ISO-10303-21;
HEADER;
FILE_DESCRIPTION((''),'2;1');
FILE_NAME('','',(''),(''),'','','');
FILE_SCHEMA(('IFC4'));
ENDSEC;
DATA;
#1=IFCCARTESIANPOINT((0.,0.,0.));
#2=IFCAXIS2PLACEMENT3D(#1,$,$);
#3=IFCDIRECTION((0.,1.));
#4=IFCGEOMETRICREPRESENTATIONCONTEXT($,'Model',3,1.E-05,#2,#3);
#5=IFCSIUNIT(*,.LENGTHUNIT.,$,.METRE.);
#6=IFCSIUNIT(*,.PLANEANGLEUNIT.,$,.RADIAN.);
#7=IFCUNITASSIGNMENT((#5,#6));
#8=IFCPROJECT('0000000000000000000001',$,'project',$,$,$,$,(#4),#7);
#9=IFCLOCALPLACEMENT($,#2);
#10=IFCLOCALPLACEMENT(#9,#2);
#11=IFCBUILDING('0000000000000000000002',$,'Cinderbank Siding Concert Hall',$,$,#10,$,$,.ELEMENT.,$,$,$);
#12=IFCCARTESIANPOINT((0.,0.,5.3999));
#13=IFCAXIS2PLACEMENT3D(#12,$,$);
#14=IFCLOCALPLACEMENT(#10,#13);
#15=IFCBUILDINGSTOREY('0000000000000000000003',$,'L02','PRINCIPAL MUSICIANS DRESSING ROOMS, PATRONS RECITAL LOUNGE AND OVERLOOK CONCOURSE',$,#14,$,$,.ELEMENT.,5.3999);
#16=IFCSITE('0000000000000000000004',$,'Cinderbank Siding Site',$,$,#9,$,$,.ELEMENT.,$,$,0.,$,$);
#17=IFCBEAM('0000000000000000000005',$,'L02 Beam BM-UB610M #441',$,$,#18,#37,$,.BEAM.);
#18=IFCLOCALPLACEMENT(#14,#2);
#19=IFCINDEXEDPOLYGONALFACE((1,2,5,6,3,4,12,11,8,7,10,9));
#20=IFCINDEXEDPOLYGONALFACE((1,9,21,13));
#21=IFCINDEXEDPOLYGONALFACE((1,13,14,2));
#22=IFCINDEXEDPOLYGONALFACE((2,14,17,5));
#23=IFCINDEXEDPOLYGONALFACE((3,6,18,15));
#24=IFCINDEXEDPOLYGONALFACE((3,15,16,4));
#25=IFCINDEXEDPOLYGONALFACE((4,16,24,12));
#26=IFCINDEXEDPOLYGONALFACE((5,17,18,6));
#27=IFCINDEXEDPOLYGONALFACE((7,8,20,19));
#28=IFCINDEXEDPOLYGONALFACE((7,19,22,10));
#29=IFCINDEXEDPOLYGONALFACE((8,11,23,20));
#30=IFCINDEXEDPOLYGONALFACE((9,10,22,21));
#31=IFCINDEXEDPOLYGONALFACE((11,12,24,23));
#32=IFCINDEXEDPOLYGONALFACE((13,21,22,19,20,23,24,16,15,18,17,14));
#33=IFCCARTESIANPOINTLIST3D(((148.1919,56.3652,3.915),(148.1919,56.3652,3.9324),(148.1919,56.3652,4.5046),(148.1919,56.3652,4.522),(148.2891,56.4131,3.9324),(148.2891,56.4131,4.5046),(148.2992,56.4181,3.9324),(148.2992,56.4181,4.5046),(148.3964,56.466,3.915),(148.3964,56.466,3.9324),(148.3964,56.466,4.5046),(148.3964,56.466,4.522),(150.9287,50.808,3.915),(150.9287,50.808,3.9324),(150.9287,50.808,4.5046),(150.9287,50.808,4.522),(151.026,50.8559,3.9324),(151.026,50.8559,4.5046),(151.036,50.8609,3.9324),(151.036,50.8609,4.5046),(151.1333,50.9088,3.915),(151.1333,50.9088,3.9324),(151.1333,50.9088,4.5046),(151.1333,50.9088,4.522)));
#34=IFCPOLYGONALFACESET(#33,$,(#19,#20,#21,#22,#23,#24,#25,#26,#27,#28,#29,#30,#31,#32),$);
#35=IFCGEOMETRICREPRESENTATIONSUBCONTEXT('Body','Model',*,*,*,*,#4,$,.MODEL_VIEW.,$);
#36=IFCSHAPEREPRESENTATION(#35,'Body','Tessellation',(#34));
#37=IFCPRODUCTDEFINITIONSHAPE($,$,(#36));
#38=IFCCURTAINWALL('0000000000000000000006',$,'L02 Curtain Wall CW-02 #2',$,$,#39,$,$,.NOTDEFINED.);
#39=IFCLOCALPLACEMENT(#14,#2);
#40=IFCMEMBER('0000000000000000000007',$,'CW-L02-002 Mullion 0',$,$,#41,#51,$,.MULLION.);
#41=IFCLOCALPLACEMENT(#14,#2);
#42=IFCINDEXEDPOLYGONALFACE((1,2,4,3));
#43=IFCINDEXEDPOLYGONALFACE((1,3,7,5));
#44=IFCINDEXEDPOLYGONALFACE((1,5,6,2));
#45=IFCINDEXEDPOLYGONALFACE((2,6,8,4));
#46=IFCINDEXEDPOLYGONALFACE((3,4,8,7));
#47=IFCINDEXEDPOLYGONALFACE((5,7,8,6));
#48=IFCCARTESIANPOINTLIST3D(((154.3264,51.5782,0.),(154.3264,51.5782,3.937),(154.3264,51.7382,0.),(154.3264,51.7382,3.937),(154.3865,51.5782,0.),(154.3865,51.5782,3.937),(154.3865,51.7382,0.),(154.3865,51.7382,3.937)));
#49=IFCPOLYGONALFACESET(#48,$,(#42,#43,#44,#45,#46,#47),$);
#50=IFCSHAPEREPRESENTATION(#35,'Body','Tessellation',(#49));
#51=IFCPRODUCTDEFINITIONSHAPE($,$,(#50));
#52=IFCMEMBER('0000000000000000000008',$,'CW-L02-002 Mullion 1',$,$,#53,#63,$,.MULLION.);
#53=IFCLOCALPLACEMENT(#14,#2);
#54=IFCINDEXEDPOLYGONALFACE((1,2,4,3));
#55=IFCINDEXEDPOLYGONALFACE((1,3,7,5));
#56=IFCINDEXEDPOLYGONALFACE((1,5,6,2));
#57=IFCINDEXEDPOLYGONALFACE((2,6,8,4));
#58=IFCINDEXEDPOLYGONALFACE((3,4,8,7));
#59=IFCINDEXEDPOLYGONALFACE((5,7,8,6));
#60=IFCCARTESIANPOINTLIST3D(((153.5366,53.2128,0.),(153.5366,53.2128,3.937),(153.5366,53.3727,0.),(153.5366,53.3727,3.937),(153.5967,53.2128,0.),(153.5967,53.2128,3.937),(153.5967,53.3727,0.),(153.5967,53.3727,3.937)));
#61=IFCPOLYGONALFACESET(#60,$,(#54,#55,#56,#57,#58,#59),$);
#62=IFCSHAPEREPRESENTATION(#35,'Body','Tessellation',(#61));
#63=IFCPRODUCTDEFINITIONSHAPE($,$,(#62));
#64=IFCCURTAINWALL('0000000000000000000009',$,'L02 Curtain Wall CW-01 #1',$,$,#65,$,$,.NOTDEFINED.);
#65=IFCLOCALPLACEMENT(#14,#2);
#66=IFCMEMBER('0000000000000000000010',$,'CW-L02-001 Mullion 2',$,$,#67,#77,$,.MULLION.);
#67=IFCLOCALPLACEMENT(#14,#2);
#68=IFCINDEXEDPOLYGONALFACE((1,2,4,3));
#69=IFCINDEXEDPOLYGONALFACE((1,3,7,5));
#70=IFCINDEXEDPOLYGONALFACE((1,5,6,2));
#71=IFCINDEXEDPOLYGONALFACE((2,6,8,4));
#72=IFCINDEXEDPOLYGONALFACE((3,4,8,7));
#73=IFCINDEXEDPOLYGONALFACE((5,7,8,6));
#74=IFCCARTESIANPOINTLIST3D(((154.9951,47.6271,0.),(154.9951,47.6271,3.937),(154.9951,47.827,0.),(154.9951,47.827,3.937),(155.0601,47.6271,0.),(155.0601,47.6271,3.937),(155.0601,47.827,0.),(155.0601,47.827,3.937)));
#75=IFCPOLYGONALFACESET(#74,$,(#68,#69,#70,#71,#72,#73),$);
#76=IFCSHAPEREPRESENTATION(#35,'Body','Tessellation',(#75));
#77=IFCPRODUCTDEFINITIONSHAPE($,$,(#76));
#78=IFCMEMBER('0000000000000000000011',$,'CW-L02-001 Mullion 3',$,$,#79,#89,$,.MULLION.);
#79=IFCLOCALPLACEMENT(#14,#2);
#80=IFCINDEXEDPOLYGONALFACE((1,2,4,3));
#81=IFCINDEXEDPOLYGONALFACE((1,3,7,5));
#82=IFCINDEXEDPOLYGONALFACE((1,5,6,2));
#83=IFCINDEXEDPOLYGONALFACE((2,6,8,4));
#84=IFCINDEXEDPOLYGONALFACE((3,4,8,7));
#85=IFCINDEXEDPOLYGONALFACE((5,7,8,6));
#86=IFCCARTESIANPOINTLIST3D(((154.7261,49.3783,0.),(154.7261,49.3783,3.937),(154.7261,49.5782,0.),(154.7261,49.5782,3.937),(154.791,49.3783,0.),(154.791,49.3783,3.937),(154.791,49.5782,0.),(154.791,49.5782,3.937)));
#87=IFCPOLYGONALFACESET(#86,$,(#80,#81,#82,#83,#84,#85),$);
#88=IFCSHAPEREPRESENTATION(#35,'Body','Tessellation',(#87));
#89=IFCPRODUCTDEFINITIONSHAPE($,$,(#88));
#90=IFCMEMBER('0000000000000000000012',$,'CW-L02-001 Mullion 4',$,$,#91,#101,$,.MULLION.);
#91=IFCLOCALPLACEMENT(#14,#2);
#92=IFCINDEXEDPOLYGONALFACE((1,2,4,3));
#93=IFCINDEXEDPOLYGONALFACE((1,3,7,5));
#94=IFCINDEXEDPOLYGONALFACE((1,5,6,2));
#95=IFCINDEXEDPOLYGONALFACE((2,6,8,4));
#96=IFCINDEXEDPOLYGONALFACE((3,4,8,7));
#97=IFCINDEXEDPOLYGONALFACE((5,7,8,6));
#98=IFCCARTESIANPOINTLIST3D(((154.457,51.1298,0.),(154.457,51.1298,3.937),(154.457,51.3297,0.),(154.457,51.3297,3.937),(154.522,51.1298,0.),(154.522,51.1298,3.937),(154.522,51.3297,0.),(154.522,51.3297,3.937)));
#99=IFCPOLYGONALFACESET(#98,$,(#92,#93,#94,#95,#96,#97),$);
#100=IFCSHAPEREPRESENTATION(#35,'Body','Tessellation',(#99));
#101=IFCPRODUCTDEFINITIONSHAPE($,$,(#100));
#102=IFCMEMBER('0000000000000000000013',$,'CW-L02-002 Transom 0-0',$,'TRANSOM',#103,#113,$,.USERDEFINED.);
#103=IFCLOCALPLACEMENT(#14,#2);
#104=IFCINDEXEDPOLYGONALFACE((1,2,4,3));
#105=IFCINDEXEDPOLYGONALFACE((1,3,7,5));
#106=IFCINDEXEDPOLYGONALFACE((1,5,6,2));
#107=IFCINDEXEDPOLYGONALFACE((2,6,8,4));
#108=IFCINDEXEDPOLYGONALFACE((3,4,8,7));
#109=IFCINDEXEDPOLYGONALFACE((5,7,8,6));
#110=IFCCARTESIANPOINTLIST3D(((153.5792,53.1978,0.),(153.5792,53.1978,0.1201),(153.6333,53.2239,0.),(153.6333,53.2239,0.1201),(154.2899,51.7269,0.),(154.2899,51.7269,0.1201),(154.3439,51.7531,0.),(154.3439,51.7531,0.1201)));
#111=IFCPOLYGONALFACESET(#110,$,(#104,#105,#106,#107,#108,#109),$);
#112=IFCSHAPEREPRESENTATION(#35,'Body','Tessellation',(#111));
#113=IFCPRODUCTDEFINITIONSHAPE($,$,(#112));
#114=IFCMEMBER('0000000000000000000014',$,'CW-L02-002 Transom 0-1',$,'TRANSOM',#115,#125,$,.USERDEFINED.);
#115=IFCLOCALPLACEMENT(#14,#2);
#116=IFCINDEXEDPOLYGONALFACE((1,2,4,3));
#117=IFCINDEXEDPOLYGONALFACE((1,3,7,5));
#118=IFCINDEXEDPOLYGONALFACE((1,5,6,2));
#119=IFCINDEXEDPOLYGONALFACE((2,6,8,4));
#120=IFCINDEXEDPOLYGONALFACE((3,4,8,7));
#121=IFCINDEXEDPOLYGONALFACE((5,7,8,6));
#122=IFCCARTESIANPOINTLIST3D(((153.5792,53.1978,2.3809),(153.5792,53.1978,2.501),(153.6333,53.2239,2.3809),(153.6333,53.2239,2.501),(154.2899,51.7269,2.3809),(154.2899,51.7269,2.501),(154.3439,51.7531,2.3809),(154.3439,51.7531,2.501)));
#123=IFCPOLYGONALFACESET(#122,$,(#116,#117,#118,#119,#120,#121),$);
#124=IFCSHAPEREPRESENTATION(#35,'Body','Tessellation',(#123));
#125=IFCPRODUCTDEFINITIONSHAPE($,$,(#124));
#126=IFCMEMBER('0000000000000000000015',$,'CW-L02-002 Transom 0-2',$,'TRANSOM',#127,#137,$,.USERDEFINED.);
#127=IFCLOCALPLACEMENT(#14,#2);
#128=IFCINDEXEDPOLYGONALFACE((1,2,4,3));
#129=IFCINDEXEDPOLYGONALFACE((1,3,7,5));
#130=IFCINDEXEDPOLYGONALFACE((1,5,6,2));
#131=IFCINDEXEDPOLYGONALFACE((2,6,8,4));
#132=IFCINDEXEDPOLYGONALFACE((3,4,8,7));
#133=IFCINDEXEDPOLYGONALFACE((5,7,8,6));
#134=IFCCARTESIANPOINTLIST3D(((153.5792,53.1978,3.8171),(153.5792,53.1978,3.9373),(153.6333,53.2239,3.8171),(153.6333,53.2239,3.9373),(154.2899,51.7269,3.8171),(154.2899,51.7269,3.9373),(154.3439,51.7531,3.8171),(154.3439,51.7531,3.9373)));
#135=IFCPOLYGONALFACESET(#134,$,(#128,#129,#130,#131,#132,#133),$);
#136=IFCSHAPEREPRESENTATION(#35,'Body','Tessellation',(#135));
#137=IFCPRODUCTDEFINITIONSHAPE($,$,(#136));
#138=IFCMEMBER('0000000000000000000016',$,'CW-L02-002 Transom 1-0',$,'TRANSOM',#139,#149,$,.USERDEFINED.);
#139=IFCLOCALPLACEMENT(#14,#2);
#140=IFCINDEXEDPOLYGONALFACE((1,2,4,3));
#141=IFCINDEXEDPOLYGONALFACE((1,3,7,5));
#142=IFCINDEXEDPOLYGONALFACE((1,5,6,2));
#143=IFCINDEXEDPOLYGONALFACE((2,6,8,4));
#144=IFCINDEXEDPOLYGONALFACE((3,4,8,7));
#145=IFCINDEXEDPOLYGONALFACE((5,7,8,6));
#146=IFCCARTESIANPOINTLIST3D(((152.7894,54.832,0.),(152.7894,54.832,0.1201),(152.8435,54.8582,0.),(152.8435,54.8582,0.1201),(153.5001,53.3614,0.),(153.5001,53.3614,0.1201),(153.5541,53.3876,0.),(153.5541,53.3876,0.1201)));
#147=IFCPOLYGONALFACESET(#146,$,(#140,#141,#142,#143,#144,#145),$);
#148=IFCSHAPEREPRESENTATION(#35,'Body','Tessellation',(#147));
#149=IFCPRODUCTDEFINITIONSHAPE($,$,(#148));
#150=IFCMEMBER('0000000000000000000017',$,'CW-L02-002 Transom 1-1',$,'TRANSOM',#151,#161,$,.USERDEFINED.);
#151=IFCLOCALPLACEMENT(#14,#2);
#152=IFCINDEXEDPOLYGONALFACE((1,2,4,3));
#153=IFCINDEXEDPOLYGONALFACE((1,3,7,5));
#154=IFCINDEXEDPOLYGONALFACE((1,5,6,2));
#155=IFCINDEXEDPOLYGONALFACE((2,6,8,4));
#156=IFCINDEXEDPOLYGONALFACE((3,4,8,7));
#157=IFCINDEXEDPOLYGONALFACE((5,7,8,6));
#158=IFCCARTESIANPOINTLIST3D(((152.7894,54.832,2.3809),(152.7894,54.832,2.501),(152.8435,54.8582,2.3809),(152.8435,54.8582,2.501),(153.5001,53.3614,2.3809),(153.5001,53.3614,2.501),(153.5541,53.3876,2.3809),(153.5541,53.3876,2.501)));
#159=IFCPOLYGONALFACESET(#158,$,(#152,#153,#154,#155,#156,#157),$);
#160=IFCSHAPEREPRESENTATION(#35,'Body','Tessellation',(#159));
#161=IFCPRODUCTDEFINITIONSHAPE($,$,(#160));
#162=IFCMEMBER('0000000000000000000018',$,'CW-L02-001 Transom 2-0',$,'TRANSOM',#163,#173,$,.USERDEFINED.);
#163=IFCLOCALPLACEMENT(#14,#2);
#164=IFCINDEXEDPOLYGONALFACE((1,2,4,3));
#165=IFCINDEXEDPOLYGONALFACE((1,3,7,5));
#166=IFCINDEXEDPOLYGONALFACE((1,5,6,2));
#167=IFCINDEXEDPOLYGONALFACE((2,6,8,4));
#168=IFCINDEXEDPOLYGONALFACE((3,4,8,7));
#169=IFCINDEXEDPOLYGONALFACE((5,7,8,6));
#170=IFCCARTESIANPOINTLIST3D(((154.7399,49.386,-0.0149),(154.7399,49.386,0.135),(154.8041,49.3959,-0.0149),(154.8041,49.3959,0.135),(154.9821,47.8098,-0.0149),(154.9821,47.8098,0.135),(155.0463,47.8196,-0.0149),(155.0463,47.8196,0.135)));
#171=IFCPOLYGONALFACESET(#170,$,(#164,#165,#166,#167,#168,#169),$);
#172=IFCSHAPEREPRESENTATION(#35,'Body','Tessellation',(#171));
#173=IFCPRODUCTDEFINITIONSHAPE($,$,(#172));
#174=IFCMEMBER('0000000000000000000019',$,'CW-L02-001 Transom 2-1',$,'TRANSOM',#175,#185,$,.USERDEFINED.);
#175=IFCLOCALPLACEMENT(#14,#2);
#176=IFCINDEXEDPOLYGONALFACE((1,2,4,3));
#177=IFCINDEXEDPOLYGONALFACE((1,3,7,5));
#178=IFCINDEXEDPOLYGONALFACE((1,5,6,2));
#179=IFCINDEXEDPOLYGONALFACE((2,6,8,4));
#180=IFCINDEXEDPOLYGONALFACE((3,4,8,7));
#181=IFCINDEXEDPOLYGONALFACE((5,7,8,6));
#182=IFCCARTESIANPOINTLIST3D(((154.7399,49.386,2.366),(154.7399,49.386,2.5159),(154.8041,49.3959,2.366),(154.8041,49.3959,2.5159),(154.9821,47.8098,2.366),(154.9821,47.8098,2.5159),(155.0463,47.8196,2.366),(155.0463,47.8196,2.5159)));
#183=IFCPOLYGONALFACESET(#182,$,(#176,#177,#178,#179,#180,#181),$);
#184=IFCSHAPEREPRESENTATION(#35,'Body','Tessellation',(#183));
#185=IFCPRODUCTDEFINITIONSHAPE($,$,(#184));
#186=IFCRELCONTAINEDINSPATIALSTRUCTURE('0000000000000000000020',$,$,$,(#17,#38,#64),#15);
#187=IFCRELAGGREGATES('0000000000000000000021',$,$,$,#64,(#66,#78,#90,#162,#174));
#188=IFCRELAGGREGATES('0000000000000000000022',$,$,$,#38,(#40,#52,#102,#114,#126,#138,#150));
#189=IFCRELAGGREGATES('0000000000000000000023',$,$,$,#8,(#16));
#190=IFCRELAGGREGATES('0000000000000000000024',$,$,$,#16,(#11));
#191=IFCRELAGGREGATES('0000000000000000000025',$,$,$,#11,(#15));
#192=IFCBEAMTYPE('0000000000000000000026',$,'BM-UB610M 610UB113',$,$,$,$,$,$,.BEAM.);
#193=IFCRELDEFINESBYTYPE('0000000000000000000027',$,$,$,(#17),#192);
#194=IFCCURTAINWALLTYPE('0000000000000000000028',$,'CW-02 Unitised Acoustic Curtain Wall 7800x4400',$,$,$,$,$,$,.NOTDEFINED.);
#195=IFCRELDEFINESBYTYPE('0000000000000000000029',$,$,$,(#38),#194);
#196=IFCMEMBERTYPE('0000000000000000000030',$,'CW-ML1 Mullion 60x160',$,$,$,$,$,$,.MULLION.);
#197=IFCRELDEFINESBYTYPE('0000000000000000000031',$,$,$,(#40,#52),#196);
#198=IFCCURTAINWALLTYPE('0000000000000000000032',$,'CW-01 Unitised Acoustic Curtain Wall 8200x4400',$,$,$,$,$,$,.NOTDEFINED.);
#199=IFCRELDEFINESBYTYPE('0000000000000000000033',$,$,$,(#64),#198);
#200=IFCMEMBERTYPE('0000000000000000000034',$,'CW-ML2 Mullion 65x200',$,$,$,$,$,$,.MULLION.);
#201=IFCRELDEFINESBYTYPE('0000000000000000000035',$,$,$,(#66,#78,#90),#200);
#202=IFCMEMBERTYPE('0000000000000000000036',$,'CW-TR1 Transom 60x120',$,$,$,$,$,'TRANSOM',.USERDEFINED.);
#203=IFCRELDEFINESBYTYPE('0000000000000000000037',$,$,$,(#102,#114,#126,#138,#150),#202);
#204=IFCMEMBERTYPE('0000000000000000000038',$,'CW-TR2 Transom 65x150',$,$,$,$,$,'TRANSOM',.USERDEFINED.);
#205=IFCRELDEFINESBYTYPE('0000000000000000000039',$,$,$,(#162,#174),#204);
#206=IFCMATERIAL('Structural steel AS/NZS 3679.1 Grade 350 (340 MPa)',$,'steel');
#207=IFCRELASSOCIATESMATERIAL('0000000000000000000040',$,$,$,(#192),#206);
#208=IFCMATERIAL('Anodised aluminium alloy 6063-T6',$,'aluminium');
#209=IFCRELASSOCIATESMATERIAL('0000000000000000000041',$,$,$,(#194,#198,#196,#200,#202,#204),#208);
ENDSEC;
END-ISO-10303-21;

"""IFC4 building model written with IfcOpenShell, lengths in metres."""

from ifc_helpers import new_model, si_unit, direction, frame, origin, origin_2d, place, context, subcontext, project, spatial, rectangle, i_section, extrude, material, material_profile, profile_set, type_object, element, aggregate, save


model = new_model("IFC4")

# Units and contexts
model_context = context("Model", 3, precision=1e-05, world=origin(), true_north=direction((0.0, 1.0)))
body_context = subcontext(model_context, "Body", "Model", "MODEL_VIEW")
ifc_project = project(units=[si_unit("LENGTHUNIT", "METRE"), si_unit("PLANEANGLEUNIT", "RADIAN")], contexts=[model_context])

# Site, building, storey
site_placement = place(None, origin())
site = spatial("IfcSite", under=ifc_project, at=site_placement, Name="Cinderbank Siding Site", CompositionType="ELEMENT", RefElevation=0.0)
building_placement = place(site_placement, origin())
building = spatial("IfcBuilding", under=site, at=building_placement, Name="Cinderbank Siding Concert Hall", CompositionType="ELEMENT")
storey_placement = place(building_placement, frame((0.0, 0.0, 5.3999)))
storey = spatial("IfcBuildingStorey", under=building, at=storey_placement, Name="L02", Description="PRINCIPAL MUSICIANS DRESSING ROOMS, PATRONS RECITAL LOUNGE AND OVERLOOK CONCOURSE", CompositionType="ELEMENT", Elevation=5.3999)

# Beam
ifc_material_1 = material(Name="Structural steel AS/NZS 3679.1 Grade 350 (340 MPa)", Category="steel")
ifc_material_profile_1 = material_profile(ifc_material_1, i_section(OverallWidth=0.228, OverallDepth=0.6069, WebThickness=0.0112, FlangeThickness=0.0173, at=origin_2d()), Name="610UB113", Category="LoadBearing")
ifc_profile_set_1 = profile_set([ifc_material_profile_1], Name="Structural steel AS/NZS 3679.1 Grade 350 (340 MPa)")
beam_type_1 = type_object("IfcBeamType", Name="BM-UB610M 610UB113", PredefinedType="BEAM", material=ifc_profile_set_1)
beam_1_placement = place(storey_placement, frame((151.031, 50.8584, 4.2185), z_axis=(-0.441814, 0.897107, 0.0), x_axis=(-0.897107, -0.441814, 0.0)))
element("IfcBeam", 1, at=beam_1_placement, inside=storey, type_object=beam_type_1, Name="L02 Beam BM-UB610M #441", PredefinedType="BEAM", context=body_context, shape_type="SweptSolid", body=[
    extrude(i_section(OverallWidth=0.228, OverallDepth=0.6069, WebThickness=0.0112, FlangeThickness=0.0173, at=origin_2d()), origin(), (0.0, 0.0, 1.0), 6.1946),
])

# Curtain walls, members
ifc_material_2 = material(Name="Anodised aluminium alloy 6063-T6", Category="aluminium")
curtain_wall_type_1 = type_object("IfcCurtainWallType", Name="CW-02 Unitised Acoustic Curtain Wall 7800x4400", PredefinedType="NOTDEFINED", material=ifc_material_2)
curtain_wall_1_placement = place(storey_placement, origin())
curtain_wall_1 = element("IfcCurtainWall", 2, at=curtain_wall_1_placement, inside=storey, type_object=curtain_wall_type_1, Name="L02 Curtain Wall CW-02 #2", PredefinedType="NOTDEFINED")
ifc_material_profile_2 = material_profile(ifc_material_2, rectangle(XDim=0.0601, YDim=0.1599, at=origin_2d()), Name="ALU-MULL-60x160", Category="LoadBearing")
ifc_profile_set_2 = profile_set([ifc_material_profile_2], Name="Anodised aluminium alloy 6063-T6")
member_type_1 = type_object("IfcMemberType", Name="CW-ML1 Mullion 60x160", PredefinedType="MULLION", material=ifc_profile_set_2)
member_1_placement = place(storey_placement, frame((154.3564, 51.6582, 0.0), z_axis=(0.0, 0.0, 1.0), x_axis=(1.0, 0.0, 0.0)))
member_1 = element("IfcMember", 3, at=member_1_placement, type_object=member_type_1, Name="CW-L02-002 Mullion 0", PredefinedType="MULLION", context=body_context, shape_type="SweptSolid", body=[
    extrude(rectangle(XDim=0.0601, YDim=0.1599, at=origin_2d()), origin(), (0.0, 0.0, 1.0), 3.937),
])
member_2_placement = place(storey_placement, frame((153.5667, 53.2927, 0.0), z_axis=(0.0, 0.0, 1.0), x_axis=(1.0, 0.0, 0.0)))
member_2 = element("IfcMember", 4, at=member_2_placement, type_object=member_type_1, Name="CW-L02-002 Mullion 1", PredefinedType="MULLION", context=body_context, shape_type="SweptSolid", body=[
    extrude(rectangle(XDim=0.0601, YDim=0.1599, at=origin_2d()), origin(), (0.0, 0.0, 1.0), 3.937),
])
curtain_wall_type_2 = type_object("IfcCurtainWallType", Name="CW-01 Unitised Acoustic Curtain Wall 8200x4400", PredefinedType="NOTDEFINED", material=ifc_material_2)
curtain_wall_2_placement = place(storey_placement, origin())
curtain_wall_2 = element("IfcCurtainWall", 5, at=curtain_wall_2_placement, inside=storey, type_object=curtain_wall_type_2, Name="L02 Curtain Wall CW-01 #1", PredefinedType="NOTDEFINED")
ifc_material_profile_3 = material_profile(ifc_material_2, rectangle(XDim=0.0649, YDim=0.2, at=origin_2d()), Name="ALU-MULL-65x200", Category="LoadBearing")
ifc_profile_set_3 = profile_set([ifc_material_profile_3], Name="Anodised aluminium alloy 6063-T6")
member_type_2 = type_object("IfcMemberType", Name="CW-ML2 Mullion 65x200", PredefinedType="MULLION", material=ifc_profile_set_3)
member_3_placement = place(storey_placement, frame((155.0276, 47.7271, 0.0), z_axis=(0.0, 0.0, 1.0), x_axis=(1.0, 0.0, 0.0)))
member_3 = element("IfcMember", 6, at=member_3_placement, type_object=member_type_2, Name="CW-L02-001 Mullion 2", PredefinedType="MULLION", context=body_context, shape_type="SweptSolid", body=[
    extrude(rectangle(XDim=0.0649, YDim=0.2, at=origin_2d()), origin(), (0.0, 0.0, 1.0), 3.937),
])
member_4_placement = place(storey_placement, frame((154.7585, 49.4783, 0.0), z_axis=(0.0, 0.0, 1.0), x_axis=(1.0, 0.0, 0.0)))
member_4 = element("IfcMember", 7, at=member_4_placement, type_object=member_type_2, Name="CW-L02-001 Mullion 3", PredefinedType="MULLION", context=body_context, shape_type="SweptSolid", body=[
    extrude(rectangle(XDim=0.0649, YDim=0.2, at=origin_2d()), origin(), (0.0, 0.0, 1.0), 3.937),
])
member_5_placement = place(storey_placement, frame((154.4895, 51.2297, 0.0), z_axis=(0.0, 0.0, 1.0), x_axis=(1.0, 0.0, 0.0)))
member_5 = element("IfcMember", 8, at=member_5_placement, type_object=member_type_2, Name="CW-L02-001 Mullion 4", PredefinedType="MULLION", context=body_context, shape_type="SweptSolid", body=[
    extrude(rectangle(XDim=0.0649, YDim=0.2, at=origin_2d()), origin(), (0.0, 0.0, 1.0), 3.937),
])

# Members
ifc_material_profile_4 = material_profile(ifc_material_2, rectangle(XDim=0.0601, YDim=0.1201, at=origin_2d()), Name="ALU-TRAN-60x120", Category="LoadBearing")
ifc_profile_set_4 = profile_set([ifc_material_profile_4], Name="Anodised aluminium alloy 6063-T6")
member_type_3 = type_object("IfcMemberType", Name="CW-TR1 Transom 60x120", ElementType="TRANSOM", PredefinedType="USERDEFINED", material=ifc_profile_set_4)
member_6_placement = place(storey_placement, frame((154.3169, 51.74, 0.0601), z_axis=(-0.435037, 0.900412, 0.0), x_axis=(-0.900412, -0.435037, 0.0)))
member_6 = element("IfcMember", 9, at=member_6_placement, type_object=member_type_3, Name="CW-L02-002 Transom 0-0", ObjectType="TRANSOM", PredefinedType="USERDEFINED", context=body_context, shape_type="SweptSolid", body=[
    extrude(rectangle(XDim=0.0601, YDim=0.1201, at=origin_2d()), origin(), (0.0, 0.0, 1.0), 1.6335),
])
member_7_placement = place(storey_placement, frame((154.3169, 51.74, 2.4409), z_axis=(-0.435037, 0.900412, 0.0), x_axis=(-0.900412, -0.435037, 0.0)))
member_7 = element("IfcMember", 10, at=member_7_placement, type_object=member_type_3, Name="CW-L02-002 Transom 0-1", ObjectType="TRANSOM", PredefinedType="USERDEFINED", context=body_context, shape_type="SweptSolid", body=[
    extrude(rectangle(XDim=0.0601, YDim=0.1201, at=origin_2d()), origin(), (0.0, 0.0, 1.0), 1.6335),
])
member_8_placement = place(storey_placement, frame((154.3169, 51.74, 3.8772), z_axis=(-0.435037, 0.900412, 0.0), x_axis=(-0.900412, -0.435037, 0.0)))
member_8 = element("IfcMember", 11, at=member_8_placement, type_object=member_type_3, Name="CW-L02-002 Transom 0-2", ObjectType="TRANSOM", PredefinedType="USERDEFINED", context=body_context, shape_type="SweptSolid", body=[
    extrude(rectangle(XDim=0.0601, YDim=0.1201, at=origin_2d()), origin(), (0.0, 0.0, 1.0), 1.6335),
])
member_9_placement = place(storey_placement, frame((153.5271, 53.3745, 0.0601), z_axis=(-0.435096, 0.900384, 0.0), x_axis=(-0.900384, -0.435096, 0.0)))
member_9 = element("IfcMember", 12, at=member_9_placement, type_object=member_type_3, Name="CW-L02-002 Transom 1-0", ObjectType="TRANSOM", PredefinedType="USERDEFINED", context=body_context, shape_type="SweptSolid", body=[
    extrude(rectangle(XDim=0.0601, YDim=0.1201, at=origin_2d()), origin(), (0.0, 0.0, 1.0), 1.6333),
])
member_10_placement = place(storey_placement, frame((153.5271, 53.3745, 2.4409), z_axis=(-0.435096, 0.900384, 0.0), x_axis=(-0.900384, -0.435096, 0.0)))
member_10 = element("IfcMember", 13, at=member_10_placement, type_object=member_type_3, Name="CW-L02-002 Transom 1-1", ObjectType="TRANSOM", PredefinedType="USERDEFINED", context=body_context, shape_type="SweptSolid", body=[
    extrude(rectangle(XDim=0.0601, YDim=0.1201, at=origin_2d()), origin(), (0.0, 0.0, 1.0), 1.6333),
])
ifc_material_profile_5 = material_profile(ifc_material_2, rectangle(XDim=0.0649, YDim=0.1499, at=origin_2d()), Name="ALU-TRAN-65x150", Category="LoadBearing")
ifc_profile_set_5 = profile_set([ifc_material_profile_5], Name="Anodised aluminium alloy 6063-T6")
member_type_4 = type_object("IfcMemberType", Name="CW-TR2 Transom 65x150", ElementType="TRANSOM", PredefinedType="USERDEFINED", material=ifc_profile_set_5)
member_11_placement = place(storey_placement, frame((155.0142, 47.8147, 0.0601), z_axis=(-0.151873, 0.9884, 0.0), x_axis=(-0.9884, -0.151873, 0.0)))
member_11 = element("IfcMember", 14, at=member_11_placement, type_object=member_type_4, Name="CW-L02-001 Transom 2-0", ObjectType="TRANSOM", PredefinedType="USERDEFINED", context=body_context, shape_type="SweptSolid", body=[
    extrude(rectangle(XDim=0.0649, YDim=0.1499, at=origin_2d()), origin(), (0.0, 0.0, 1.0), 1.5947),
])
member_12_placement = place(storey_placement, frame((155.0142, 47.8147, 2.4409), z_axis=(-0.151873, 0.9884, 0.0), x_axis=(-0.9884, -0.151873, 0.0)))
member_12 = element("IfcMember", 15, at=member_12_placement, type_object=member_type_4, Name="CW-L02-001 Transom 2-1", ObjectType="TRANSOM", PredefinedType="USERDEFINED", context=body_context, shape_type="SweptSolid", body=[
    extrude(rectangle(XDim=0.0649, YDim=0.1499, at=origin_2d()), origin(), (0.0, 0.0, 1.0), 1.5947),
])

aggregate(curtain_wall_2, [member_3, member_4, member_5, member_11, member_12])
aggregate(curtain_wall_1, [member_1, member_2, member_6, member_7, member_8, member_9, member_10])

save(model, "model.ifc")
